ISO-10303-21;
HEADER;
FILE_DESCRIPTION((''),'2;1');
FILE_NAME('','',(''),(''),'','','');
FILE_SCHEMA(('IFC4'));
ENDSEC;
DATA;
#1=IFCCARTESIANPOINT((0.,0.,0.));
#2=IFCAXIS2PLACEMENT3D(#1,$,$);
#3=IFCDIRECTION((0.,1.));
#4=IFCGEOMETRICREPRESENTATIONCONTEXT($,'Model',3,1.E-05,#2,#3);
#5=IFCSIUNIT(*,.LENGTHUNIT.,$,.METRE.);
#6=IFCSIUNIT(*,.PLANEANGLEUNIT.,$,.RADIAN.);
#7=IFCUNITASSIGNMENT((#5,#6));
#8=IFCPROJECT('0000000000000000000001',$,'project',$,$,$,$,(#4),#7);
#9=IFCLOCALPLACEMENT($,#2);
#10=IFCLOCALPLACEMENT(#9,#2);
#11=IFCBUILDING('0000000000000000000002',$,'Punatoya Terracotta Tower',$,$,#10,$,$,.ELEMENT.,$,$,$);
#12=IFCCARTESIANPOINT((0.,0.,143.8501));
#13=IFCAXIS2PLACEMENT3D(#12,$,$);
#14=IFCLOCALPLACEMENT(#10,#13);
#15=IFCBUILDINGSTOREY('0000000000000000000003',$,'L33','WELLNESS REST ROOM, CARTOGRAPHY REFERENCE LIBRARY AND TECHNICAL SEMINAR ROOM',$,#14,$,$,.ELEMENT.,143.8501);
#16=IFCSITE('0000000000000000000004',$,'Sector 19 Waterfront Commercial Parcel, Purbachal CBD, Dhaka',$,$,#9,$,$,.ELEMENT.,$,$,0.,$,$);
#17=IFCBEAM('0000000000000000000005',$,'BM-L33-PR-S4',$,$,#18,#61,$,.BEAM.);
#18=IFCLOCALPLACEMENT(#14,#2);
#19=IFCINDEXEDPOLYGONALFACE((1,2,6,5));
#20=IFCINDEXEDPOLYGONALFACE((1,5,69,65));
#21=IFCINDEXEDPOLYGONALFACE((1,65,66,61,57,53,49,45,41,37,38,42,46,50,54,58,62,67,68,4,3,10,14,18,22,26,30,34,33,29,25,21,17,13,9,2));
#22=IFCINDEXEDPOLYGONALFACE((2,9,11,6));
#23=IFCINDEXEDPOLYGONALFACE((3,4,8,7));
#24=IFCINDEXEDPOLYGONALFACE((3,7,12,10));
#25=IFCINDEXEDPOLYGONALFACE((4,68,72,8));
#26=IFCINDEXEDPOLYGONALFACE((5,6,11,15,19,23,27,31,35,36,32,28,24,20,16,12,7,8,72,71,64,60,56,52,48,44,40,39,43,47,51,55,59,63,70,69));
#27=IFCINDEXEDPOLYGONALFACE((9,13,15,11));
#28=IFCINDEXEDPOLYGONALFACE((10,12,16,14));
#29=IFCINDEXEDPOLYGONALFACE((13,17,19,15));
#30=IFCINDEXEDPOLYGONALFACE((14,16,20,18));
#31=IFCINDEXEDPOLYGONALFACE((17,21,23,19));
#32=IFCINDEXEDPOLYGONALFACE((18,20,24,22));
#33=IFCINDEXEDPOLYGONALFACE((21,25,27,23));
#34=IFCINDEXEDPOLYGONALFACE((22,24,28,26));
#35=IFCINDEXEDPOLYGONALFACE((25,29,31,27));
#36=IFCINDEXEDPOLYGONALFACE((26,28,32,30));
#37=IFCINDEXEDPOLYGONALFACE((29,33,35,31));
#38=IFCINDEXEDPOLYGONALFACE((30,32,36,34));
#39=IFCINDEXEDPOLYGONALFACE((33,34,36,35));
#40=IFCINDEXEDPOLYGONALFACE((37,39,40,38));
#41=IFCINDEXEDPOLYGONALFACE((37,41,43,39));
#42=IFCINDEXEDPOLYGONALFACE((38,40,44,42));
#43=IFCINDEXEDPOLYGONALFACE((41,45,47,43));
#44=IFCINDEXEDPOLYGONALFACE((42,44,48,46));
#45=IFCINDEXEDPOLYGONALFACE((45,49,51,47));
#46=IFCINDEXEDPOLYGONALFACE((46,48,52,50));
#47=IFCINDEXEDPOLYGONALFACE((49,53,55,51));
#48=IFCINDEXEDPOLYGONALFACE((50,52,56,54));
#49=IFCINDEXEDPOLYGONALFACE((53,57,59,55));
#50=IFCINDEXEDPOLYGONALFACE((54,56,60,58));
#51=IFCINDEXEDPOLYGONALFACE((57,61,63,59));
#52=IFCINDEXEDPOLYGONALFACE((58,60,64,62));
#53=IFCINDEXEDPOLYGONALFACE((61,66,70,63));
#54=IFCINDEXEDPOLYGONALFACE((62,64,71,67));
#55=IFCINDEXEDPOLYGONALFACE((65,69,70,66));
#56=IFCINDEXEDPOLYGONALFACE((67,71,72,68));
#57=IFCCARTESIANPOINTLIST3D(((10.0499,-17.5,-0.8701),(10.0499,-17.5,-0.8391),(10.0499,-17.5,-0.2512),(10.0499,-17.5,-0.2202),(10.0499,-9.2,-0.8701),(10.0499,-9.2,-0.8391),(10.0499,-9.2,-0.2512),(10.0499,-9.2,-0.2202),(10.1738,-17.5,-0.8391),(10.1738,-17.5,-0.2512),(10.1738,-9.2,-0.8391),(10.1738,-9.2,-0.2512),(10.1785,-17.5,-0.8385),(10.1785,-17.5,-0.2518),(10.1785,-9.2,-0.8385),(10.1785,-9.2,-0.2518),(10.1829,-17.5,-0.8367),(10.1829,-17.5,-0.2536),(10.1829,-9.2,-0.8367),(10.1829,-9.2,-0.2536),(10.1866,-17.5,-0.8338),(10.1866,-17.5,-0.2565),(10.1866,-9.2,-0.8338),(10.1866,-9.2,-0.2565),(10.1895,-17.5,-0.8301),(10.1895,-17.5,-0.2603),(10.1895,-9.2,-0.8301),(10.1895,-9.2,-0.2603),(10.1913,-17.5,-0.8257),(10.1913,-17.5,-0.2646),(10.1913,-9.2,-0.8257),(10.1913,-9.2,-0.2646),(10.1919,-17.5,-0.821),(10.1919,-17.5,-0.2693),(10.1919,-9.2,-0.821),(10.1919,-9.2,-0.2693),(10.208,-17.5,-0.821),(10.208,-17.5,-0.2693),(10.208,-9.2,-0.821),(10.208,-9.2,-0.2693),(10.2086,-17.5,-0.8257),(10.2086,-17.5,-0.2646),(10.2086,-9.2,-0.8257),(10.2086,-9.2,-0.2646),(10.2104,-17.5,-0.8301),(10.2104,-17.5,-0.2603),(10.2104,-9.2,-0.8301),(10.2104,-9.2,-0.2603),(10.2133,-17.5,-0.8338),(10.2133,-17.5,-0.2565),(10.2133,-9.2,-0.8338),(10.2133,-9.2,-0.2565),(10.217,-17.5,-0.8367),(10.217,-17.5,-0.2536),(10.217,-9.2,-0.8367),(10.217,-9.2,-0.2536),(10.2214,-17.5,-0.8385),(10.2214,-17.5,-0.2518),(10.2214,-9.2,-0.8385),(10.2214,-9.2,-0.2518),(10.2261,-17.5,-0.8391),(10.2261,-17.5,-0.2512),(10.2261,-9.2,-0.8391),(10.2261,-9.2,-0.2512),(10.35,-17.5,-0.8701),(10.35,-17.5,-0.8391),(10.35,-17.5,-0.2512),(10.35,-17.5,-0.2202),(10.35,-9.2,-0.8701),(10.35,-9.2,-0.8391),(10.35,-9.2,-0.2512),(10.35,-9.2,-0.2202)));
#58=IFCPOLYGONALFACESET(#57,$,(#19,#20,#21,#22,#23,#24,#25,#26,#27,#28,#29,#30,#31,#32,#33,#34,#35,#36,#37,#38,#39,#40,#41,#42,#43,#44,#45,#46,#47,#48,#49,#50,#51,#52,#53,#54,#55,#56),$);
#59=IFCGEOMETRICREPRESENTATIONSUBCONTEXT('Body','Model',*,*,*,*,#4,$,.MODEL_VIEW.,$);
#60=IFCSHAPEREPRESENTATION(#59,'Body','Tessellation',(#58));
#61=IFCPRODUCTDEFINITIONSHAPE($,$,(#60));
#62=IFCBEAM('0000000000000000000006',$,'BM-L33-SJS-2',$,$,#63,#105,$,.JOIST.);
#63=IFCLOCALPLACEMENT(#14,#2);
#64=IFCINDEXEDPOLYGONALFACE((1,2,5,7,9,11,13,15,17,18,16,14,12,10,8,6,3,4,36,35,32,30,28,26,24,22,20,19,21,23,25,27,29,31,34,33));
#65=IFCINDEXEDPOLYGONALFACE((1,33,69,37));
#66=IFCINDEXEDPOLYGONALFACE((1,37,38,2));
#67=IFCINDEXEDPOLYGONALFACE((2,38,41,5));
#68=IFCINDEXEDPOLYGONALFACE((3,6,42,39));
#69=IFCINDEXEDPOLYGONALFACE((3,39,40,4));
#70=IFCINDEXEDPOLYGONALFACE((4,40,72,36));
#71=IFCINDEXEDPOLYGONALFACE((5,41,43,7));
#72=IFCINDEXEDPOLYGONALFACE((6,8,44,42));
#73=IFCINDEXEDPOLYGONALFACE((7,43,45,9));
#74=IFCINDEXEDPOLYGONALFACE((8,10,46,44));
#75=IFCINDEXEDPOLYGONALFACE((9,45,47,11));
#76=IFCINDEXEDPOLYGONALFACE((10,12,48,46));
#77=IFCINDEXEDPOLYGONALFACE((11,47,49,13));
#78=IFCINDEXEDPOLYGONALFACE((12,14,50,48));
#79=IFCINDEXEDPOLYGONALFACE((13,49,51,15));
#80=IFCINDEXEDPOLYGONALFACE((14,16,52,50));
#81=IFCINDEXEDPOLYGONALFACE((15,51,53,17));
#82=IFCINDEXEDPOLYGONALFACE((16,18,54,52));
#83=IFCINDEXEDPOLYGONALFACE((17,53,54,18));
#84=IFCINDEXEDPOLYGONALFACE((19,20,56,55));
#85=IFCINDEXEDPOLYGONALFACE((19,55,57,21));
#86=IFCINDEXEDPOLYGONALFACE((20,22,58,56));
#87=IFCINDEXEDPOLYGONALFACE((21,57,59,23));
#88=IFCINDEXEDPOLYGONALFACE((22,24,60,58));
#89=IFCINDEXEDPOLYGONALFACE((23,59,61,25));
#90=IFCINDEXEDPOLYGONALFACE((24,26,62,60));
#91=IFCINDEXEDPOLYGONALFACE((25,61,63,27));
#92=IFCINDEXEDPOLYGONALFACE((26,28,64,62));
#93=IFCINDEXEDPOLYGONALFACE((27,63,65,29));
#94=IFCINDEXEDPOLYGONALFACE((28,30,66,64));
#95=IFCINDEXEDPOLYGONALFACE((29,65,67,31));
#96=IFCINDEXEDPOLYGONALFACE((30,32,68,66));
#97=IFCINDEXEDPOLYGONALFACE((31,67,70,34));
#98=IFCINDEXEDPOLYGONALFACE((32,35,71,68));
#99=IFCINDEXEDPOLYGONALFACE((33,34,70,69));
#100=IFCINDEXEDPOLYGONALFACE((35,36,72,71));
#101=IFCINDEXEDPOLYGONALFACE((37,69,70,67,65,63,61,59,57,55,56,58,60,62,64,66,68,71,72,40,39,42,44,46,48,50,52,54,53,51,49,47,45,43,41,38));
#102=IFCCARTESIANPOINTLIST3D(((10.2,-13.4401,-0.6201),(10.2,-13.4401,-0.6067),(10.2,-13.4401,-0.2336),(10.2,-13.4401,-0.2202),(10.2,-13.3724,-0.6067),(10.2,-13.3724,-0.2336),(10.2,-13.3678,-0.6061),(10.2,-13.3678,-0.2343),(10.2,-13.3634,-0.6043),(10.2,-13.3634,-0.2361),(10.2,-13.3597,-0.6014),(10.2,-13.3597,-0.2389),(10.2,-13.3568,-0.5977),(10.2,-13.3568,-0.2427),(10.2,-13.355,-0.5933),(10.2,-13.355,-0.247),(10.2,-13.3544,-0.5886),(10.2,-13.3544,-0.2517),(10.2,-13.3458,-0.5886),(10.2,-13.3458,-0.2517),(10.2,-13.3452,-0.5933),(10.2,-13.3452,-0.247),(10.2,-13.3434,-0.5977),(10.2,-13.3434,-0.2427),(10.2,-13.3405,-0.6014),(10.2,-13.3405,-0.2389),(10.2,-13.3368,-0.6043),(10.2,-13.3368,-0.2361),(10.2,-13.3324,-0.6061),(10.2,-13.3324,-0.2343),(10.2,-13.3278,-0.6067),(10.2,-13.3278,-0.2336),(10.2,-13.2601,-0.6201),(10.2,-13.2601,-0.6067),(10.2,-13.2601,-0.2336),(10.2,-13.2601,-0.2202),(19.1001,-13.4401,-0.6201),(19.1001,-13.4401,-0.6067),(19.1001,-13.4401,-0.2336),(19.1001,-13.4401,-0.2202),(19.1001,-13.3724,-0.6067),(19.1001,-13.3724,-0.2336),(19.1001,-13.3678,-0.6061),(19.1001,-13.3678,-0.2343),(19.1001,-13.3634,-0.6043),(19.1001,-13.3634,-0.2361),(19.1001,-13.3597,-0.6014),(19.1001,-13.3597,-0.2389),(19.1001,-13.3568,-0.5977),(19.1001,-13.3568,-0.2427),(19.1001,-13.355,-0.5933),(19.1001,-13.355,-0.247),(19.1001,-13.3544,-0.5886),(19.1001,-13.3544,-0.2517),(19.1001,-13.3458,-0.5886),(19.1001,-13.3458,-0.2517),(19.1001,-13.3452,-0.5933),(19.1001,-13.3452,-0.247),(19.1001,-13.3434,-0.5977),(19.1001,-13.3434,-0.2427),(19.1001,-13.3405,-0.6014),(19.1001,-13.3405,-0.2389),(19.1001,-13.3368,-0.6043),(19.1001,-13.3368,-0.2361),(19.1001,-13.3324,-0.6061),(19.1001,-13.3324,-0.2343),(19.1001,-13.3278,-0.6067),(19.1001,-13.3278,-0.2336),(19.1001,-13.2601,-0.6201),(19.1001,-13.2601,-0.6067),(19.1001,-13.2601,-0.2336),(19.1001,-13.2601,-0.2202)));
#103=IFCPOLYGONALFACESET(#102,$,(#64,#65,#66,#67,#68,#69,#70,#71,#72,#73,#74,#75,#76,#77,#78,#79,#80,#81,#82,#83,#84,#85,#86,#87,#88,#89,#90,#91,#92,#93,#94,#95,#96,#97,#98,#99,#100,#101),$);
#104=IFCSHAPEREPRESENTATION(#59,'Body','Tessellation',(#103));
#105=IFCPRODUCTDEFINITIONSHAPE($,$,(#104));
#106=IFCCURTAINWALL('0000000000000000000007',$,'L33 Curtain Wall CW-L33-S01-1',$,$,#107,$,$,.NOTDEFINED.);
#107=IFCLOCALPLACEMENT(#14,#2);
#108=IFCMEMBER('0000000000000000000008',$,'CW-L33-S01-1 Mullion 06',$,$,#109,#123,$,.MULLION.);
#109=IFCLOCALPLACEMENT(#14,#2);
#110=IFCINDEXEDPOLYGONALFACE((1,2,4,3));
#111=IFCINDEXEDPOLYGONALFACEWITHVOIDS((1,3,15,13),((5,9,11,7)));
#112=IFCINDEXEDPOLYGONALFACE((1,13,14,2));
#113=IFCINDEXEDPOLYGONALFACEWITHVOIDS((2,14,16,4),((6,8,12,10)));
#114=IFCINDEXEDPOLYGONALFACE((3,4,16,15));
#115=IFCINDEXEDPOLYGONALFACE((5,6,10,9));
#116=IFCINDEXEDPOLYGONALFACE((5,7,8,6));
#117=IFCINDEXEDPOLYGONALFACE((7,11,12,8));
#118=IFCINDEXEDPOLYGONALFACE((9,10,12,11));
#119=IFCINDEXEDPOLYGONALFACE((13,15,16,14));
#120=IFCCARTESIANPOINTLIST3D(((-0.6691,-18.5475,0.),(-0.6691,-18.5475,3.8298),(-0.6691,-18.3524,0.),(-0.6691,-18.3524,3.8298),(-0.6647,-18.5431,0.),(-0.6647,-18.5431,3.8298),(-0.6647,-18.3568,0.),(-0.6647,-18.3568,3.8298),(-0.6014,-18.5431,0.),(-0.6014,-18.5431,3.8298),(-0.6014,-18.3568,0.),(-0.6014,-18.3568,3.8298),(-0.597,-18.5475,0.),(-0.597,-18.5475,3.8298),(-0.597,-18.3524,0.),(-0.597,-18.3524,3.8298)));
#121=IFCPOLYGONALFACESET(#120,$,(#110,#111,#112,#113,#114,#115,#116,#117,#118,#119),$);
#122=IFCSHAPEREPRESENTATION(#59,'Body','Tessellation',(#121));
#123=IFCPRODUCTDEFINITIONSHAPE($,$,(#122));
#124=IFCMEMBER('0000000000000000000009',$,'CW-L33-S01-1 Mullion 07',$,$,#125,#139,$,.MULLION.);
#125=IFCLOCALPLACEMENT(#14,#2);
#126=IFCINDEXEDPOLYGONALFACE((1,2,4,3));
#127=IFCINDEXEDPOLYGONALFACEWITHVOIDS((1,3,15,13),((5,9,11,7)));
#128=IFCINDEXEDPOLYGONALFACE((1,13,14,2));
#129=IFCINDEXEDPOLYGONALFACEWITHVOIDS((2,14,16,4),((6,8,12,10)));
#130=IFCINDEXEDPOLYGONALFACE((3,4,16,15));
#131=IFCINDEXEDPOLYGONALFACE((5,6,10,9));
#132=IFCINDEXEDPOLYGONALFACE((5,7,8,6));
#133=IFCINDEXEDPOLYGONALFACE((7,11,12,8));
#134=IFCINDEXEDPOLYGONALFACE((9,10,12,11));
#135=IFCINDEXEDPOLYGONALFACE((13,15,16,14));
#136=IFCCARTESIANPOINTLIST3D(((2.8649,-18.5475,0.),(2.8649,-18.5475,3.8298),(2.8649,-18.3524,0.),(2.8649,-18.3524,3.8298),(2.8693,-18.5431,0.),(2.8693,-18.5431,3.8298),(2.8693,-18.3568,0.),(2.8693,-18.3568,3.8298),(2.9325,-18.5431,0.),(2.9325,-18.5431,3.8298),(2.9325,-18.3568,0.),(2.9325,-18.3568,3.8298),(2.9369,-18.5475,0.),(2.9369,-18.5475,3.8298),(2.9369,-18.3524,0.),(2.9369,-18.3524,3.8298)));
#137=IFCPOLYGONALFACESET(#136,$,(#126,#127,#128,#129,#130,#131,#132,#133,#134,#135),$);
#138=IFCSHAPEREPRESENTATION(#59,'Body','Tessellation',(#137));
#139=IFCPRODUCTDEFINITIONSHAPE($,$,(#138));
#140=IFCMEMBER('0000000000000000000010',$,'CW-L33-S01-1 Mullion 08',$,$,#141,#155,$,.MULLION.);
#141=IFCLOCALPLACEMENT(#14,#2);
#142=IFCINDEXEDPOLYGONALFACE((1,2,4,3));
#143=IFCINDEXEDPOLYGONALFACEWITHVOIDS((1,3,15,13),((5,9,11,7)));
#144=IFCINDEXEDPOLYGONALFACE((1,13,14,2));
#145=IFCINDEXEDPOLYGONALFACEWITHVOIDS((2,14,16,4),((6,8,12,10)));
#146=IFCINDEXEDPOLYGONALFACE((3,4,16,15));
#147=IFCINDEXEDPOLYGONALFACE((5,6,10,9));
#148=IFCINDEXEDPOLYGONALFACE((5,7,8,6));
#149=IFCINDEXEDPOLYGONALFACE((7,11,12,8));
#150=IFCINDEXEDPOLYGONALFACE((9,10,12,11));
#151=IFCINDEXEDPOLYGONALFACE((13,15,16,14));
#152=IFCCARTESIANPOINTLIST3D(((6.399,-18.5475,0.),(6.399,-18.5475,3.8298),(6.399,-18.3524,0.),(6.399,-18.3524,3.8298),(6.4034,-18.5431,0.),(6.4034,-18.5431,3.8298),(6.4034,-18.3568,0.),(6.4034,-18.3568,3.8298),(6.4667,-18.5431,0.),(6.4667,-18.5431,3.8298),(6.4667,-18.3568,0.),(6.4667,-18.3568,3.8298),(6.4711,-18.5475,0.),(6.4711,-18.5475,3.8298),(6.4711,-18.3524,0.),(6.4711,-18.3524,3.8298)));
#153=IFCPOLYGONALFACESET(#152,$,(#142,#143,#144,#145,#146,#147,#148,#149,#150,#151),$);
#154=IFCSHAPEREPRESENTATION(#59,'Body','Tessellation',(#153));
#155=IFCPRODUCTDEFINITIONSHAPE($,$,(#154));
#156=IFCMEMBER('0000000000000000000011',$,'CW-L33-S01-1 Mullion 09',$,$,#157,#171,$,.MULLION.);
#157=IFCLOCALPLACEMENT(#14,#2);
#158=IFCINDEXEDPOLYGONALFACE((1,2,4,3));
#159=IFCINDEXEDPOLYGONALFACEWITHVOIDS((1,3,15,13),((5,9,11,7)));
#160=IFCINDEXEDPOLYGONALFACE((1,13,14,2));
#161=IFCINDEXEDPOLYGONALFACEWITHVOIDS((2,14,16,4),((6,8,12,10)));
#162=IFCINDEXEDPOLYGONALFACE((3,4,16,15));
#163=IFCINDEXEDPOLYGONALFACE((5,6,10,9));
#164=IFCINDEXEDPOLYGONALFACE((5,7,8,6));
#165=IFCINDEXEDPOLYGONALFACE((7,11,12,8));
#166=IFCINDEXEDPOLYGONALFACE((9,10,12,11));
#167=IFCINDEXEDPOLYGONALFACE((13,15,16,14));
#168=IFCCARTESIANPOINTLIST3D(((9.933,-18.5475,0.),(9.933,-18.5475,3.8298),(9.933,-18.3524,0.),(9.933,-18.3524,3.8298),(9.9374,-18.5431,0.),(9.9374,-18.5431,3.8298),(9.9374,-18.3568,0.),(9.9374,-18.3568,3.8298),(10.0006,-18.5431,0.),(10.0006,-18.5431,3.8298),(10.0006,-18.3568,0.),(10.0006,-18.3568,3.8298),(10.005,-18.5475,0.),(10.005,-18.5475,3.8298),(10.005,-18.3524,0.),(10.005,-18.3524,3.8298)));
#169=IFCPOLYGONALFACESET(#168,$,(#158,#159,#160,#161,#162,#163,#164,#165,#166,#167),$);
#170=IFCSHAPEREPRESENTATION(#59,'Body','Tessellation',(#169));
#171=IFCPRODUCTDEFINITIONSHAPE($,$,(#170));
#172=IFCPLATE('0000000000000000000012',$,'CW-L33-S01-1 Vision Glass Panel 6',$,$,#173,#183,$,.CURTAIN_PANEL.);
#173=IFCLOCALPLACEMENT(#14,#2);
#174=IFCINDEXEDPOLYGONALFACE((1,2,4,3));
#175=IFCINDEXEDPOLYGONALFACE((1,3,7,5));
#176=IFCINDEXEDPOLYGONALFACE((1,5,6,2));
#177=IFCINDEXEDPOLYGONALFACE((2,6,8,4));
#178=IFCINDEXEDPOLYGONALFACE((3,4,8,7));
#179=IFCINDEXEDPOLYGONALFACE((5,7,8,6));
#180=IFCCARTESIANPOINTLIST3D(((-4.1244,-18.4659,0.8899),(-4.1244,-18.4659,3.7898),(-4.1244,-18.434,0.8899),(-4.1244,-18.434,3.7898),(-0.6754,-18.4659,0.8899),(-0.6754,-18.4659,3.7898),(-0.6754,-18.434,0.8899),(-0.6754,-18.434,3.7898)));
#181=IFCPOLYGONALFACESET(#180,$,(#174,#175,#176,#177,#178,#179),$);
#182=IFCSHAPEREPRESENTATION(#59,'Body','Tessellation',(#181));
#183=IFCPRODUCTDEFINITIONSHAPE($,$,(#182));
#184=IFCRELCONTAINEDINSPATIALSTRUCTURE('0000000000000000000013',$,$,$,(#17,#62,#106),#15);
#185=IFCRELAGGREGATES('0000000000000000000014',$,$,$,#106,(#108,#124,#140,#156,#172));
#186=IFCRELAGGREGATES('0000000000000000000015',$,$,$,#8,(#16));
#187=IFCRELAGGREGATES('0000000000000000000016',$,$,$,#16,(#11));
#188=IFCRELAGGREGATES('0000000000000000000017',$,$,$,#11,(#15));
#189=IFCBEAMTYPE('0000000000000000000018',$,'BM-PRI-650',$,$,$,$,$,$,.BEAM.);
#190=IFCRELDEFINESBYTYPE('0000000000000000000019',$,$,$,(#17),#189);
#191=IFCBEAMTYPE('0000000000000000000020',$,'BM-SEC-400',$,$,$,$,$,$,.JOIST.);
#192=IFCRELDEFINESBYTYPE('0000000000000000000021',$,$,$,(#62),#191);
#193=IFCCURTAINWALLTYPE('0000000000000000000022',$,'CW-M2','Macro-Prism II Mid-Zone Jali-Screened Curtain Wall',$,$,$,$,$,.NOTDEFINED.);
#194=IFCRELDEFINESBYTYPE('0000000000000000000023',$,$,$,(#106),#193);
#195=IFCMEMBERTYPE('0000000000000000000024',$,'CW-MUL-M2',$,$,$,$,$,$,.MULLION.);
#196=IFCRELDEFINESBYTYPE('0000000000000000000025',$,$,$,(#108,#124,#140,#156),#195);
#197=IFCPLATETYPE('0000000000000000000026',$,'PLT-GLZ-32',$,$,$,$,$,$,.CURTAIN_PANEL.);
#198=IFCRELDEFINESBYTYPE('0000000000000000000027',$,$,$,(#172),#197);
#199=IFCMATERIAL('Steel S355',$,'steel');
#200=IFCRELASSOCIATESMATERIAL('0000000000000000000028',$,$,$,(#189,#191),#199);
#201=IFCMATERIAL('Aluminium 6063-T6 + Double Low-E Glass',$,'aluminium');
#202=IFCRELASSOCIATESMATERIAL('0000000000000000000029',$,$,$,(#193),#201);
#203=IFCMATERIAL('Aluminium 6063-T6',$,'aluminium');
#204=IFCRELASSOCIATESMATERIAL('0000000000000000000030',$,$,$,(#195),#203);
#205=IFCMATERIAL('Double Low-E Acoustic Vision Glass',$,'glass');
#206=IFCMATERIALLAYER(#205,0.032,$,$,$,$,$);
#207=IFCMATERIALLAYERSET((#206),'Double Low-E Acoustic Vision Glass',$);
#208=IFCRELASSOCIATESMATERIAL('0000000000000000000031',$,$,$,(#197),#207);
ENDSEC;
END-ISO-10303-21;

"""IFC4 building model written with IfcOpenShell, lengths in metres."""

from ifc_helpers import new_model, si_unit, direction, frame, origin, origin_2d, place, context, subcontext, project, spatial, rectangle, hollow_rectangle, i_section, extrude, material, layer, layer_set, material_profile, profile_set, type_object, element, aggregate, save


model = new_model("IFC4")

# Units and contexts
model_context = context("Model", 3, precision=1e-05, world=origin(), true_north=direction((0.0, 1.0)))
body_context = subcontext(model_context, "Body", "Model", "MODEL_VIEW")
ifc_project = project(units=[si_unit("LENGTHUNIT", "METRE"), si_unit("PLANEANGLEUNIT", "RADIAN")], contexts=[model_context])

# Site, building, storey
site_placement = place(None, origin())
site = spatial("IfcSite", under=ifc_project, at=site_placement, Name="Sector 19 Waterfront Commercial Parcel, Purbachal CBD, Dhaka", CompositionType="ELEMENT", RefElevation=0.0)
building_placement = place(site_placement, origin())
building = spatial("IfcBuilding", under=site, at=building_placement, Name="Punatoya Terracotta Tower", CompositionType="ELEMENT")
storey_placement = place(building_placement, frame((0.0, 0.0, 143.8501)))
storey = spatial("IfcBuildingStorey", under=building, at=storey_placement, Name="L33", Description="WELLNESS REST ROOM, CARTOGRAPHY REFERENCE LIBRARY AND TECHNICAL SEMINAR ROOM", CompositionType="ELEMENT", Elevation=143.8501)

# Beams
ifc_material_1 = material(Name="Steel S355", Category="steel")
ifc_material_profile_1 = material_profile(ifc_material_1, i_section(OverallWidth=0.3, OverallDepth=0.6499, WebThickness=0.0161, FlangeThickness=0.031, FilletRadius=0.0181, at=origin_2d()))
ifc_profile_set_1 = profile_set([ifc_material_profile_1], Name="Steel S355")
beam_type_1 = type_object("IfcBeamType", Name="BM-PRI-650", PredefinedType="BEAM", material=ifc_profile_set_1)
for number, where, z_axis, x_axis, name in (
    (1, (10.2, -17.5, -0.5452), (0.0, 1.0, 0.0), (-1.0, 0.0, 0.0), "BM-L33-PR-S4"),
):
    element("IfcBeam", number, at=place(storey_placement, frame(where, z_axis=z_axis, x_axis=x_axis)), inside=storey, type_object=beam_type_1, Name=name, PredefinedType="BEAM", context=body_context, shape_type="SweptSolid", body=[
        extrude(i_section(OverallWidth=0.3, OverallDepth=0.6499, WebThickness=0.0161, FlangeThickness=0.031, FilletRadius=0.0181, at=origin_2d()), origin(), (0.0, 0.0, 1.0), 8.3),
    ])
ifc_material_profile_2 = material_profile(ifc_material_1, i_section(OverallWidth=0.1799, OverallDepth=0.3999, WebThickness=0.0085, FlangeThickness=0.0134, FilletRadius=0.0181, at=origin_2d()))
ifc_profile_set_2 = profile_set([ifc_material_profile_2], Name="Steel S355")
beam_type_2 = type_object("IfcBeamType", Name="BM-SEC-400", PredefinedType="JOIST", material=ifc_profile_set_2)
beam_1_placement = place(storey_placement, frame((10.2, -13.3501, -0.4202), z_axis=(1.0, 0.0, 0.0), x_axis=(0.0, 1.0, 0.0)))
element("IfcBeam", 2, at=beam_1_placement, inside=storey, type_object=beam_type_2, Name="BM-L33-SJS-2", PredefinedType="JOIST", context=body_context, shape_type="SweptSolid", body=[
    extrude(i_section(OverallWidth=0.1799, OverallDepth=0.3999, WebThickness=0.0085, FlangeThickness=0.0134, FilletRadius=0.0181, at=origin_2d()), origin(), (0.0, 0.0, 1.0), 8.9001),
])

# Curtain wall, members, plate
ifc_material_2 = material(Name="Aluminium 6063-T6 + Double Low-E Glass", Category="aluminium")
curtain_wall_type = type_object("IfcCurtainWallType", Name="CW-M2", Description="Macro-Prism II Mid-Zone Jali-Screened Curtain Wall", PredefinedType="NOTDEFINED", material=ifc_material_2)
curtain_wall_placement = place(storey_placement, origin())
curtain_wall = element("IfcCurtainWall", 3, at=curtain_wall_placement, inside=storey, type_object=curtain_wall_type, Name="L33 Curtain Wall CW-L33-S01-1", PredefinedType="NOTDEFINED")
ifc_material_3 = material(Name="Aluminium 6063-T6", Category="aluminium")
ifc_material_profile_3 = material_profile(ifc_material_3, hollow_rectangle(XDim=0.072, YDim=0.1951, WallThickness=0.0044, at=origin_2d()))
ifc_profile_set_3 = profile_set([ifc_material_profile_3], Name="Aluminium 6063-T6")
member_type = type_object("IfcMemberType", Name="CW-MUL-M2", PredefinedType="MULLION", material=ifc_profile_set_3)
member_1_placement = place(storey_placement, frame((-0.6331, -18.45, 0.0), z_axis=(0.0, 0.0, 1.0), x_axis=(1.0, 0.0, 0.0)))
member_1 = element("IfcMember", 4, at=member_1_placement, type_object=member_type, Name="CW-L33-S01-1 Mullion 06", PredefinedType="MULLION", context=body_context, shape_type="SweptSolid", body=[
    extrude(hollow_rectangle(XDim=0.072, YDim=0.1951, WallThickness=0.0044, at=origin_2d()), origin(), (0.0, 0.0, 1.0), 3.8298),
])
member_2_placement = place(storey_placement, frame((2.9009, -18.45, 0.0), z_axis=(0.0, 0.0, 1.0), x_axis=(1.0, 0.0, 0.0)))
member_2 = element("IfcMember", 5, at=member_2_placement, type_object=member_type, Name="CW-L33-S01-1 Mullion 07", PredefinedType="MULLION", context=body_context, shape_type="SweptSolid", body=[
    extrude(hollow_rectangle(XDim=0.072, YDim=0.1951, WallThickness=0.0044, at=origin_2d()), origin(), (0.0, 0.0, 1.0), 3.8298),
])
member_3_placement = place(storey_placement, frame((6.4351, -18.45, 0.0), z_axis=(0.0, 0.0, 1.0), x_axis=(1.0, 0.0, 0.0)))
member_3 = element("IfcMember", 6, at=member_3_placement, type_object=member_type, Name="CW-L33-S01-1 Mullion 08", PredefinedType="MULLION", context=body_context, shape_type="SweptSolid", body=[
    extrude(hollow_rectangle(XDim=0.072, YDim=0.1951, WallThickness=0.0044, at=origin_2d()), origin(), (0.0, 0.0, 1.0), 3.8298),
])
member_4_placement = place(storey_placement, frame((9.969, -18.45, 0.0), z_axis=(0.0, 0.0, 1.0), x_axis=(1.0, 0.0, 0.0)))
member_4 = element("IfcMember", 7, at=member_4_placement, type_object=member_type, Name="CW-L33-S01-1 Mullion 09", PredefinedType="MULLION", context=body_context, shape_type="SweptSolid", body=[
    extrude(hollow_rectangle(XDim=0.072, YDim=0.1951, WallThickness=0.0044, at=origin_2d()), origin(), (0.0, 0.0, 1.0), 3.8298),
])
ifc_material_4 = material(Name="Double Low-E Acoustic Vision Glass", Category="glass")
ifc_layer_1 = layer(ifc_material_4, 0.032)
ifc_layer_set_1 = layer_set([ifc_layer_1], Name="Double Low-E Acoustic Vision Glass")
plate_type_1 = type_object("IfcPlateType", Name="PLT-GLZ-32", PredefinedType="CURTAIN_PANEL", material=ifc_layer_set_1)
plate_1_placement = place(storey_placement, frame((-2.3999, -18.45, 0.8899), z_axis=(0.0, 0.0, 1.0), x_axis=(1.0, 0.0, 0.0)))
plate_1 = element("IfcPlate", 8, at=plate_1_placement, type_object=plate_type_1, Name="CW-L33-S01-1 Vision Glass Panel 6", PredefinedType="CURTAIN_PANEL", context=body_context, shape_type="SweptSolid", body=[
    extrude(rectangle(XDim=3.449, YDim=0.032, at=origin_2d()), origin(), (0.0, 0.0, 1.0), 2.8999),
])
aggregate(curtain_wall, [member_1, member_2, member_3, member_4, plate_1])

save(model, "model.ifc")
